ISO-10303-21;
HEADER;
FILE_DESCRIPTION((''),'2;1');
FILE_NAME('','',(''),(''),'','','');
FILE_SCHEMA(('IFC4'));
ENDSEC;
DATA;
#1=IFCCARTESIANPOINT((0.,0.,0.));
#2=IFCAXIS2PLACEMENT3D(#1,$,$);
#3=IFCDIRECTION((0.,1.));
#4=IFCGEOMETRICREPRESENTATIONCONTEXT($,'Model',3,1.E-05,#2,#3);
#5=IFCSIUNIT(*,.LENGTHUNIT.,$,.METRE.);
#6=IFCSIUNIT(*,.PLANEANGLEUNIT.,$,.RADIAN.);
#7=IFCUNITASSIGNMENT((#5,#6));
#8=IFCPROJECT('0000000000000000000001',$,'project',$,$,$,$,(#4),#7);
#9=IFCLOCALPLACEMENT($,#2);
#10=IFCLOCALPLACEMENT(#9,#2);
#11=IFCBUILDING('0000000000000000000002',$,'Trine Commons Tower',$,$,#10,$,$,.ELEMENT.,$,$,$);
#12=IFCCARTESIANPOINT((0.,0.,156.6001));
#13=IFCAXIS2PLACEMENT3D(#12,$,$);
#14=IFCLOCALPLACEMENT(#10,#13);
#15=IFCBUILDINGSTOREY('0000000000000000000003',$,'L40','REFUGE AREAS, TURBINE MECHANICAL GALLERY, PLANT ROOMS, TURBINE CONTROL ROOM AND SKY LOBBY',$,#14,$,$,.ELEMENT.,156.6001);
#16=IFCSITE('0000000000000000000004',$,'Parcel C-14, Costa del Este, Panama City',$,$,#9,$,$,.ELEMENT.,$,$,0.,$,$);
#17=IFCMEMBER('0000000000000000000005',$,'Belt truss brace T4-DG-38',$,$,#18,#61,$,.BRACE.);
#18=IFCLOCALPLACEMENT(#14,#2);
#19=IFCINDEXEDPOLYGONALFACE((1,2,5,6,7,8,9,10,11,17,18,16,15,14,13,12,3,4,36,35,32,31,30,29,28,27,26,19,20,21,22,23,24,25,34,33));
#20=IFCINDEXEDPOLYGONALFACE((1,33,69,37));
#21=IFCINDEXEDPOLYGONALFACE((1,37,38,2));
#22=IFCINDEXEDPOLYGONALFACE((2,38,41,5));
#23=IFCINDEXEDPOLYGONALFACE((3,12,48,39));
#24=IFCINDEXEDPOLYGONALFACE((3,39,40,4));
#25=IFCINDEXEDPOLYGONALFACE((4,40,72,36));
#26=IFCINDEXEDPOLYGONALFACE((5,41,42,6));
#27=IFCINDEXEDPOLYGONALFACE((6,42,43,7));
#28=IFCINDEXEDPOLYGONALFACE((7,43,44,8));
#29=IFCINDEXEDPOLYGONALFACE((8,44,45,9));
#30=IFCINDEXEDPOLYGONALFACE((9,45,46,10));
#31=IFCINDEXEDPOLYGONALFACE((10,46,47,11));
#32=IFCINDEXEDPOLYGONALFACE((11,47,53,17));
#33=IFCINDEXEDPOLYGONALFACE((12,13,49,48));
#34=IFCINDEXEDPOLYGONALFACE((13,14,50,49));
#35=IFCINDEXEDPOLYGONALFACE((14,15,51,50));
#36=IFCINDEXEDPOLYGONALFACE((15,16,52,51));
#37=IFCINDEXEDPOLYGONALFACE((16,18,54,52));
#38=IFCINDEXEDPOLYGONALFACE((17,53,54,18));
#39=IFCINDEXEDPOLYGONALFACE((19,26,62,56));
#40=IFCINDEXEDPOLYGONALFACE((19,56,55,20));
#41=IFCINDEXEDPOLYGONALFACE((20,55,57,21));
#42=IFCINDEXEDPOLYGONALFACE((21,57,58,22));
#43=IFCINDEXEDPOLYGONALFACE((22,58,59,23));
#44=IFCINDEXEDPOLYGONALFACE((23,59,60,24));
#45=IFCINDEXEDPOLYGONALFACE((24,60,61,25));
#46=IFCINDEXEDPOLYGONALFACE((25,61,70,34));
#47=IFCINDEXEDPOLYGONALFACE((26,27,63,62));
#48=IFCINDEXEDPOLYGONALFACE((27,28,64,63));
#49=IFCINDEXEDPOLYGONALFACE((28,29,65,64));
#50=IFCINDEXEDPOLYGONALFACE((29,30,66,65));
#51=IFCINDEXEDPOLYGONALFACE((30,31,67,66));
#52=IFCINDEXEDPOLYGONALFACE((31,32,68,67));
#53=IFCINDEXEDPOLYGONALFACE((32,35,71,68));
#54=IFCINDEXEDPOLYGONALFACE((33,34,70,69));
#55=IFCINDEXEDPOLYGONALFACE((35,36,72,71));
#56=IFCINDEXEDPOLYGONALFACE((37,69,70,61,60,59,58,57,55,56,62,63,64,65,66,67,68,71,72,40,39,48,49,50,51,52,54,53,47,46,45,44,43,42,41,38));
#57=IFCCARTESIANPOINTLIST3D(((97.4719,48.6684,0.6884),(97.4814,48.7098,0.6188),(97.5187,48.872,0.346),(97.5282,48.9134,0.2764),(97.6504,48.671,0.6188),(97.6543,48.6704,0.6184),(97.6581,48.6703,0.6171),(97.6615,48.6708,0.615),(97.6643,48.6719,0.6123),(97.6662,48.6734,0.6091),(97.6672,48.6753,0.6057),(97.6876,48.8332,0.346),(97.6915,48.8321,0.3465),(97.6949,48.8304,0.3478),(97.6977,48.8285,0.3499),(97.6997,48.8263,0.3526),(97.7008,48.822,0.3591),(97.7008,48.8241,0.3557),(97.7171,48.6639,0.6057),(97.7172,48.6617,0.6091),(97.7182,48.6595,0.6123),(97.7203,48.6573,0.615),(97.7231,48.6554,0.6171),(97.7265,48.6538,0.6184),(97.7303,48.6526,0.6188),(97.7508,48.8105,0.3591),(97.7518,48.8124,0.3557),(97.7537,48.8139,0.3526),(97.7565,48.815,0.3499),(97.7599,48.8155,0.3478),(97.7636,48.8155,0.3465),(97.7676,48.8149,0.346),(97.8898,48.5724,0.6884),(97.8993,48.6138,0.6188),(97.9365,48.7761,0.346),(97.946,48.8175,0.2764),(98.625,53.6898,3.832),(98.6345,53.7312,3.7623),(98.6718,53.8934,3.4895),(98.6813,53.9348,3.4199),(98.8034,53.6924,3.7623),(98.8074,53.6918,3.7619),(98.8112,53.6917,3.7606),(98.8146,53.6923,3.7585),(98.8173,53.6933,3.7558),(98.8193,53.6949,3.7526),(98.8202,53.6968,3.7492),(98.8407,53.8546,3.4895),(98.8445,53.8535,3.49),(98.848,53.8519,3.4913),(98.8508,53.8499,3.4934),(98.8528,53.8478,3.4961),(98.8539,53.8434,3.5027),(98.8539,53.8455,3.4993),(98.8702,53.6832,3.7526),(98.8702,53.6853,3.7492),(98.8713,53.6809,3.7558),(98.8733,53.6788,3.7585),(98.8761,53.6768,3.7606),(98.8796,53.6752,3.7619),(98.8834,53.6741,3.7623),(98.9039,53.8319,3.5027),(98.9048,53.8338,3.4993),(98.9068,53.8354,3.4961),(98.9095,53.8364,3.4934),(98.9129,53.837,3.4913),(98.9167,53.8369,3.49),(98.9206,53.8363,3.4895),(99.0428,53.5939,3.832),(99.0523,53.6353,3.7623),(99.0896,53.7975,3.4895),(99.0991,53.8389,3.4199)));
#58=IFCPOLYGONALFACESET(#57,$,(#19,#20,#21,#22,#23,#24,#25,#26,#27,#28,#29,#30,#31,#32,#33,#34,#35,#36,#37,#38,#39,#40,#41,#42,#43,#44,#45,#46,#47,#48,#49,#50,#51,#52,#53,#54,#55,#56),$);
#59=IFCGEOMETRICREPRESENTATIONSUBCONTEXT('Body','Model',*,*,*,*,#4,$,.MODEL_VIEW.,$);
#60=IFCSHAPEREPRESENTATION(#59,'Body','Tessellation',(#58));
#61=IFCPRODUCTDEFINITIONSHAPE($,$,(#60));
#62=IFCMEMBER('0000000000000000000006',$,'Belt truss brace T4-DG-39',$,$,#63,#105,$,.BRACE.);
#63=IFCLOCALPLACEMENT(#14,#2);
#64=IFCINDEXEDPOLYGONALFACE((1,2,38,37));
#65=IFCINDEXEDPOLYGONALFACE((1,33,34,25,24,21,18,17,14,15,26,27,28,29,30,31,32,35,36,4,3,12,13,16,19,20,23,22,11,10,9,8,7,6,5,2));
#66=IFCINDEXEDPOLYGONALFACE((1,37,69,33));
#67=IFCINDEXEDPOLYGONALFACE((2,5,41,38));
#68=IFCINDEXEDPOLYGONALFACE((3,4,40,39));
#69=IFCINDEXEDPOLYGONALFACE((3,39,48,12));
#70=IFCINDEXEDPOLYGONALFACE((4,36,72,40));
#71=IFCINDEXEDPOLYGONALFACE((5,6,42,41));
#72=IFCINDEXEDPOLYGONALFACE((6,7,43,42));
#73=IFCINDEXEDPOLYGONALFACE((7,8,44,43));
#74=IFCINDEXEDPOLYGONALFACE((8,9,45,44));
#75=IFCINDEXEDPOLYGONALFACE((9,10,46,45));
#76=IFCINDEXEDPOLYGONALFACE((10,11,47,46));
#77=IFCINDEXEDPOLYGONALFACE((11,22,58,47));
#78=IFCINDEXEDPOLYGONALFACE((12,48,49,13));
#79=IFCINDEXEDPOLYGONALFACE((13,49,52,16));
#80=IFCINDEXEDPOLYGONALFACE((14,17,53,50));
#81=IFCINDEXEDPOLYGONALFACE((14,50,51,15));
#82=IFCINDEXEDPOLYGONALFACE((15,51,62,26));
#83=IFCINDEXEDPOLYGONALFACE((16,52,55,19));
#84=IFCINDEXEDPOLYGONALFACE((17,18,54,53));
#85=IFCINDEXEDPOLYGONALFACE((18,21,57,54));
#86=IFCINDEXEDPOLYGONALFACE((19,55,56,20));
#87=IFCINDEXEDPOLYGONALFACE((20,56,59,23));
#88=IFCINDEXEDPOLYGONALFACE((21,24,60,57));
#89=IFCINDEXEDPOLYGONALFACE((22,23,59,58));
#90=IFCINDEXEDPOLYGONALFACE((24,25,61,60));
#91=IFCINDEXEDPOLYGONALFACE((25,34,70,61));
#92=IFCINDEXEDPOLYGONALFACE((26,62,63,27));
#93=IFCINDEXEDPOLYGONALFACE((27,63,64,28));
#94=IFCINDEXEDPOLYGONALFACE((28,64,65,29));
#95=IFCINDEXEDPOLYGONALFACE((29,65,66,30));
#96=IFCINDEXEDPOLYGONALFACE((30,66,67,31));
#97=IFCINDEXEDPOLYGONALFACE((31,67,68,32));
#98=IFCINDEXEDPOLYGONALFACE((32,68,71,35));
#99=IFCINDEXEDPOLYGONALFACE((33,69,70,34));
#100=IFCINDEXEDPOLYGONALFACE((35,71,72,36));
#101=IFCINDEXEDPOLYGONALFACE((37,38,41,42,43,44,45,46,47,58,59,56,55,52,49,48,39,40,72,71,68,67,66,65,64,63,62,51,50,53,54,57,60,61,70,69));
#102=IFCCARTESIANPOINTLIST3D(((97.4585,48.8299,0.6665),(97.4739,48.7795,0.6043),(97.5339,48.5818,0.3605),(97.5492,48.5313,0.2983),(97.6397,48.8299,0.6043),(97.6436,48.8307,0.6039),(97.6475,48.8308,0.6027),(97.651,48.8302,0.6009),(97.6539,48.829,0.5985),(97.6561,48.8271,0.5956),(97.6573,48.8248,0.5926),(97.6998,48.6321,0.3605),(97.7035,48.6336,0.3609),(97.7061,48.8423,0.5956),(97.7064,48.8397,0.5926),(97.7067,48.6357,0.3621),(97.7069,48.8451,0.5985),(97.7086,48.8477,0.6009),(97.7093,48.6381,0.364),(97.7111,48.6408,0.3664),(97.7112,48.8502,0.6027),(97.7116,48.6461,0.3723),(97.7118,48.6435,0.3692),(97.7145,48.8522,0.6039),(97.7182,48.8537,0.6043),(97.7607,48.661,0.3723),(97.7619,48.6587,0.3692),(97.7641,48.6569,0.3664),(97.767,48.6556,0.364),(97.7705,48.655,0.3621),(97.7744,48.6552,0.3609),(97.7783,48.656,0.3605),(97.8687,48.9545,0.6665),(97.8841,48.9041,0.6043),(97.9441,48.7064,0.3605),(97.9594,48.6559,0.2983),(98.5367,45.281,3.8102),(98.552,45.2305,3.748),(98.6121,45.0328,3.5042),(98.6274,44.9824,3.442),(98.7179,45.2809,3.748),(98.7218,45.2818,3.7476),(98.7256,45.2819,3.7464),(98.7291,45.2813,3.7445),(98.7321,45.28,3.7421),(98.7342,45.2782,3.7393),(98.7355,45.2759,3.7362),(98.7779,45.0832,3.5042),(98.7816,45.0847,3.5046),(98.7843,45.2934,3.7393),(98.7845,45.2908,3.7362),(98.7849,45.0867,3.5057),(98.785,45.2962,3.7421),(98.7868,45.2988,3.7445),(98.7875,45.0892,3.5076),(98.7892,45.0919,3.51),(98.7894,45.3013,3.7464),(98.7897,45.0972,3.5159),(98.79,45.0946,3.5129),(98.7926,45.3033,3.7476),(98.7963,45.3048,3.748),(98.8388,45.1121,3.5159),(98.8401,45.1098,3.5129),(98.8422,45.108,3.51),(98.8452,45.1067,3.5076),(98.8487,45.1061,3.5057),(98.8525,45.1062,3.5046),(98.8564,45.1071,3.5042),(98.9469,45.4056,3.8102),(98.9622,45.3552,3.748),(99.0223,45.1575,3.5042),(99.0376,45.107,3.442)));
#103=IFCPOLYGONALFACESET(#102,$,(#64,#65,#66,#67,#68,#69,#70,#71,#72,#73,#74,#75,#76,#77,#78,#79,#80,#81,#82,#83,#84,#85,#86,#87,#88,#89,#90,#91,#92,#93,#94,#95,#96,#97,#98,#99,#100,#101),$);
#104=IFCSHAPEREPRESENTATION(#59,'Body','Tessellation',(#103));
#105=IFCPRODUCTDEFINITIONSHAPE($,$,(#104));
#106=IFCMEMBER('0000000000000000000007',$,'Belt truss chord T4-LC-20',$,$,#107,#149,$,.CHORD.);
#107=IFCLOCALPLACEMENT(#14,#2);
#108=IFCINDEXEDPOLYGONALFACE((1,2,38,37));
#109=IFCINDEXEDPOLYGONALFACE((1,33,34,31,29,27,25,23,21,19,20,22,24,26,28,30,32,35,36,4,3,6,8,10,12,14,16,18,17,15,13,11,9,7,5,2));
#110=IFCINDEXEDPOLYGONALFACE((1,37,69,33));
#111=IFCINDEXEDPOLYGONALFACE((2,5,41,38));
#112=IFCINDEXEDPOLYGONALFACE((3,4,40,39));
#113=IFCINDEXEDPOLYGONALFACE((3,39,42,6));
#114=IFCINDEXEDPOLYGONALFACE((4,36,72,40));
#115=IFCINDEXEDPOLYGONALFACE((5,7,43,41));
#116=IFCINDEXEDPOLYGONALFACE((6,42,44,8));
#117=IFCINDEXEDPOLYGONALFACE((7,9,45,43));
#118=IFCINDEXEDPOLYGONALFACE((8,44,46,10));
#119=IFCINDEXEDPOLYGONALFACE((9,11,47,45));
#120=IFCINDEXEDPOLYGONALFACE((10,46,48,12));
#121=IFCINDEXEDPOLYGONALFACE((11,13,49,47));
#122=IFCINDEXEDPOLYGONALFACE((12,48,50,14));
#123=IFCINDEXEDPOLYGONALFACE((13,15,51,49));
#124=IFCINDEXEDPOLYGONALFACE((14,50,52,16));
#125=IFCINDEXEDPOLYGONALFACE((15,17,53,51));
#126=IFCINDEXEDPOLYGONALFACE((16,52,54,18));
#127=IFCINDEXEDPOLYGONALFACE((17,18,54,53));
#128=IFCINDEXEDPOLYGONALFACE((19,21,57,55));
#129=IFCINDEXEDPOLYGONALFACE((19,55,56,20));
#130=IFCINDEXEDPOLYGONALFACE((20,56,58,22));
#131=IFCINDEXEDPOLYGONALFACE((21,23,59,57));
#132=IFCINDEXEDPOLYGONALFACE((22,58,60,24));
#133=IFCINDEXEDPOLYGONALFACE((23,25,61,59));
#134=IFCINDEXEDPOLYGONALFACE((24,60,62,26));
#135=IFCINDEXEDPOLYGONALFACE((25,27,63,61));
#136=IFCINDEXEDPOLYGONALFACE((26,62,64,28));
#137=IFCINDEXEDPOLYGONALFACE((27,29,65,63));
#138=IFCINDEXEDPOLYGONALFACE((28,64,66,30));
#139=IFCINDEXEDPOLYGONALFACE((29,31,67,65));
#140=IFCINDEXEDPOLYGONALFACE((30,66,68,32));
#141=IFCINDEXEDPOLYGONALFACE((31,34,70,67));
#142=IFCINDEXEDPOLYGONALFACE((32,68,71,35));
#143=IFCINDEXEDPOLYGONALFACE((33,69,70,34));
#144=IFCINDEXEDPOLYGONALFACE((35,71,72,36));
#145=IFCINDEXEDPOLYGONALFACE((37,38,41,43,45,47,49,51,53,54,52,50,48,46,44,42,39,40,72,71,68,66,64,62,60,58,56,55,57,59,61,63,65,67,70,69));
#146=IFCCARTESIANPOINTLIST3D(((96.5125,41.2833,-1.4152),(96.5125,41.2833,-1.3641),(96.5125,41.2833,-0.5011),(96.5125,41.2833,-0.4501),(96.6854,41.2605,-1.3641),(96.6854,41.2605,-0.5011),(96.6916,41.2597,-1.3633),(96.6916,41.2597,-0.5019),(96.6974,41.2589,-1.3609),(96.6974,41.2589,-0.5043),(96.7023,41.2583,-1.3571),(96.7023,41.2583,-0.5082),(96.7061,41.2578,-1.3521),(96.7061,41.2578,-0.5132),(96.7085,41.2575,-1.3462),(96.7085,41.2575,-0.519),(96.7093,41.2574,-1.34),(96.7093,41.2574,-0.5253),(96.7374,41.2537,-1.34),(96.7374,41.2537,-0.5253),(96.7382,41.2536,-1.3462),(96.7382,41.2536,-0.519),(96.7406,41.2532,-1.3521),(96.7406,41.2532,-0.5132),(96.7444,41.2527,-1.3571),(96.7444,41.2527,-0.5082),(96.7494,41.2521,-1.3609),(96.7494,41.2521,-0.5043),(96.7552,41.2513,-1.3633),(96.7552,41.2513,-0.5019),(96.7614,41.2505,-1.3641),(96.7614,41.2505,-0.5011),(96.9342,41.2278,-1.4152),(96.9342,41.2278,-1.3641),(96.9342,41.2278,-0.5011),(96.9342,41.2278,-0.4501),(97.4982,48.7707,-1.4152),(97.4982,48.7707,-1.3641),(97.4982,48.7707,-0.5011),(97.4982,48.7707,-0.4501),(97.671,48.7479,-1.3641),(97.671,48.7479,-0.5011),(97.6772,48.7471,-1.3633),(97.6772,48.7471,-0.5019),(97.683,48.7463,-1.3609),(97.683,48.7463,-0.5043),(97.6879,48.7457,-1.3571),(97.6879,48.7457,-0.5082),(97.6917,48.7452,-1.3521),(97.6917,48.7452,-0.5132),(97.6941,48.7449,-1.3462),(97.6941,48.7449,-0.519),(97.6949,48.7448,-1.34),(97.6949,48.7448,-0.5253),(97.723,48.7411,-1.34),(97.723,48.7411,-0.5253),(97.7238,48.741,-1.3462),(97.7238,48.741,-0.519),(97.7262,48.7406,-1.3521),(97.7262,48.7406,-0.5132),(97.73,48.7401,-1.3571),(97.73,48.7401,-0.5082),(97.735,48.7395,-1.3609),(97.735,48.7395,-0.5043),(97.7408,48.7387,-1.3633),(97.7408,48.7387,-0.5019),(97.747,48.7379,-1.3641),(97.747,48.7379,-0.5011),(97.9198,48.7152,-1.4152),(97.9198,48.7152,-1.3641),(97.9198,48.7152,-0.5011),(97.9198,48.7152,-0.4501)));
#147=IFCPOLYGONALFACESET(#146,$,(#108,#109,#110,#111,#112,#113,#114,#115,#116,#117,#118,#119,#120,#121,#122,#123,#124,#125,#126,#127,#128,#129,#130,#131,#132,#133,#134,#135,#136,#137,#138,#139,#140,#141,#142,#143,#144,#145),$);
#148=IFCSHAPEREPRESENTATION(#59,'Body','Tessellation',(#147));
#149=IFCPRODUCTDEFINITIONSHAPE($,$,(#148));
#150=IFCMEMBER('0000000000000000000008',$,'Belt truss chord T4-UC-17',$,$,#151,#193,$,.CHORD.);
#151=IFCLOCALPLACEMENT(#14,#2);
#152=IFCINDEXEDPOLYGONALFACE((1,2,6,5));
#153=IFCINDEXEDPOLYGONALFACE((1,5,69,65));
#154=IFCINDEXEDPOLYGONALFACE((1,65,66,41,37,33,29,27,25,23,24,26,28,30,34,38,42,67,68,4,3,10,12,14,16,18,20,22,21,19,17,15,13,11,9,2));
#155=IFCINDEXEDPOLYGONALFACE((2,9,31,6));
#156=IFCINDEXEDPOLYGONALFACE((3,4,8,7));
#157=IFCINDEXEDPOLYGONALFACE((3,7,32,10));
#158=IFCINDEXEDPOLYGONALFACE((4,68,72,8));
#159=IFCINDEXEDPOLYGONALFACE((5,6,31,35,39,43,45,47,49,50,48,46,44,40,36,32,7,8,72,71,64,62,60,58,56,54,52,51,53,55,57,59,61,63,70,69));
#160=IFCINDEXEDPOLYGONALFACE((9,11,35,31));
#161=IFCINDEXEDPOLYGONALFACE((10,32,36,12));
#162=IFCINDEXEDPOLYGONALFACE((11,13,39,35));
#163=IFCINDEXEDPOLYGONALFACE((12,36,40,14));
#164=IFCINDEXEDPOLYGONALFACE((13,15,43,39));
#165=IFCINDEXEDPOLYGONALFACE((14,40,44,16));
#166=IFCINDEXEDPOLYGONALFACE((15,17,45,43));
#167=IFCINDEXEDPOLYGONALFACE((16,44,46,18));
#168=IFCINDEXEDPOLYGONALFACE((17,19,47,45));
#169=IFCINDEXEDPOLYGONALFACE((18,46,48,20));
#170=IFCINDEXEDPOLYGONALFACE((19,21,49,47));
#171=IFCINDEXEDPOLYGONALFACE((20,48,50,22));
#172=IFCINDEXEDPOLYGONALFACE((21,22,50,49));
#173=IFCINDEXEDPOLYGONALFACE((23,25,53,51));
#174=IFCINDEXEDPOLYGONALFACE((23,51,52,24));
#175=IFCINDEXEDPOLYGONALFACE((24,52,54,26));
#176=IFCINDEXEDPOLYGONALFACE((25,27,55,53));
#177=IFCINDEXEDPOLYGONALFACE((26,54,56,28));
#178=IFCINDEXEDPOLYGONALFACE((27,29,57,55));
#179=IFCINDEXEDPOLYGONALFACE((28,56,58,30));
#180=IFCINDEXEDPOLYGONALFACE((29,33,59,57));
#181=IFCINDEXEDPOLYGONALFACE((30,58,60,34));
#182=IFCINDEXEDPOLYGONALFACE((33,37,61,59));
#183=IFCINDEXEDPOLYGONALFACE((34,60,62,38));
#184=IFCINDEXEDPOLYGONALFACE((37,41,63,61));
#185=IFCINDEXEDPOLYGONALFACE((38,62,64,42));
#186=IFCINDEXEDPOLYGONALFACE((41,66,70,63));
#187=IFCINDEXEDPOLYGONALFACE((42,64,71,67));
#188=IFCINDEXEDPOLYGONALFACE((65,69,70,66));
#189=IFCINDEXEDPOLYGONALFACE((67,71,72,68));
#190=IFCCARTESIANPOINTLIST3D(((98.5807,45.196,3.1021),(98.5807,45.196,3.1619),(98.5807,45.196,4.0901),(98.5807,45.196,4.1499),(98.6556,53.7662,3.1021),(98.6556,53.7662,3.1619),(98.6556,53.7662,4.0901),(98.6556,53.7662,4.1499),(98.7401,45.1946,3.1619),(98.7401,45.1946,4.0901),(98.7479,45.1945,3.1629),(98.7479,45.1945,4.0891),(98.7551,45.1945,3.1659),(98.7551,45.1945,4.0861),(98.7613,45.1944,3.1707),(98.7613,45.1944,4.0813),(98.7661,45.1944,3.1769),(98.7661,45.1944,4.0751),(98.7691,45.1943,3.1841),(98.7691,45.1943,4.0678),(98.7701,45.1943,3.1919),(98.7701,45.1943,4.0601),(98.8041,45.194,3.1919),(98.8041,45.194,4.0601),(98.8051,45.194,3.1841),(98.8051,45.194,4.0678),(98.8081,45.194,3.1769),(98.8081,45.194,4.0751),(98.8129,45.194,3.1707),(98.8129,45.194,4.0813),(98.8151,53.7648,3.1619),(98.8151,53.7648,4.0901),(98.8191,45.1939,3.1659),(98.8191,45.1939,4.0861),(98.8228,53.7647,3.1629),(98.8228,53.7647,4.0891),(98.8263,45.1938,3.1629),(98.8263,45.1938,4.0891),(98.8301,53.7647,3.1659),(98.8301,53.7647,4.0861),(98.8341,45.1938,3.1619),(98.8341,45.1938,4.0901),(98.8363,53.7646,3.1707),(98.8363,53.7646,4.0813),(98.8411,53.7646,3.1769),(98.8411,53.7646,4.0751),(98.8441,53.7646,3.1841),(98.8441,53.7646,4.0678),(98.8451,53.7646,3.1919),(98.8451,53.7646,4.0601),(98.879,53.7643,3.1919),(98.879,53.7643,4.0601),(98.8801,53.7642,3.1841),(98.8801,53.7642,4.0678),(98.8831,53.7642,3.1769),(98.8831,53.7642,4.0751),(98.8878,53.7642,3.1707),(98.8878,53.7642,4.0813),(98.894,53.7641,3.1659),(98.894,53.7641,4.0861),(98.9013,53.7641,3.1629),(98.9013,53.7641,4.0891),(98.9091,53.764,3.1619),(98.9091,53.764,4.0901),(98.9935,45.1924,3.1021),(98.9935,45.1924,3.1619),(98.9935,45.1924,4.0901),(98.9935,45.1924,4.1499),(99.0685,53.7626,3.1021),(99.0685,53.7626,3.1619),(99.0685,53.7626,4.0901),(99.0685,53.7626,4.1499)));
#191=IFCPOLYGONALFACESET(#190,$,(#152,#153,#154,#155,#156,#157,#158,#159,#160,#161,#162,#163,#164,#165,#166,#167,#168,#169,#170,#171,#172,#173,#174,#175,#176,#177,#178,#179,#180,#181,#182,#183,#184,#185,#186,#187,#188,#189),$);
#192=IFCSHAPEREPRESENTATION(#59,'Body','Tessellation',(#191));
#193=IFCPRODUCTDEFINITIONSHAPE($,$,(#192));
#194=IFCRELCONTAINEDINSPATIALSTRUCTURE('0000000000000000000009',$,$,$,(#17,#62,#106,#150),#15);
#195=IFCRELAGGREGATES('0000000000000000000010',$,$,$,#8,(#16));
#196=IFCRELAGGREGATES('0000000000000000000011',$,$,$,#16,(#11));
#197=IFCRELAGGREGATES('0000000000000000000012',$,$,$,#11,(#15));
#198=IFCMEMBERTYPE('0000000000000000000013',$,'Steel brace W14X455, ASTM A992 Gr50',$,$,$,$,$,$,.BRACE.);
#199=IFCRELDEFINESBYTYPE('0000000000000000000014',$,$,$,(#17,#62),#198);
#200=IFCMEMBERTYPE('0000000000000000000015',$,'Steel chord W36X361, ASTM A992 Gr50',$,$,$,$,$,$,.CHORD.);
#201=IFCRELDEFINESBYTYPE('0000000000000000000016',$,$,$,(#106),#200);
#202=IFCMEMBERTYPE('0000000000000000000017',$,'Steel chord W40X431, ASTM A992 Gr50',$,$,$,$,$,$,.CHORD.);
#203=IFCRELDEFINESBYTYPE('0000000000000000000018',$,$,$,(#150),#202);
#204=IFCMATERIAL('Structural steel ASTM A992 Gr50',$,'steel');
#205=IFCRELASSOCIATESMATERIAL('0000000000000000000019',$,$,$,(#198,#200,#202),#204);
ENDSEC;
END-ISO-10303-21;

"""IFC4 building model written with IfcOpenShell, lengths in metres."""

from ifc_helpers import new_model, si_unit, direction, frame, origin, origin_2d, place, context, subcontext, project, spatial, i_section, extrude, material, material_profile, profile_set, type_object, element, save


model = new_model("IFC4")

# Units and contexts
model_context = context("Model", 3, precision=1e-05, world=origin(), true_north=direction((0.0, 1.0)))
body_context = subcontext(model_context, "Body", "Model", "MODEL_VIEW")
ifc_project = project(units=[si_unit("LENGTHUNIT", "METRE"), si_unit("PLANEANGLEUNIT", "RADIAN")], contexts=[model_context])

# Site, building, storey
site_placement = place(None, origin())
site = spatial("IfcSite", under=ifc_project, at=site_placement, Name="Parcel C-14, Costa del Este, Panama City", CompositionType="ELEMENT", RefElevation=0.0)
building_placement = place(site_placement, origin())
building = spatial("IfcBuilding", under=site, at=building_placement, Name="Trine Commons Tower", CompositionType="ELEMENT")
storey_placement = place(building_placement, frame((0.0, 0.0, 156.6001)))
storey = spatial("IfcBuildingStorey", under=building, at=storey_placement, Name="L40", Description="REFUGE AREAS, TURBINE MECHANICAL GALLERY, PLANT ROOMS, TURBINE CONTROL ROOM AND SKY LOBBY", CompositionType="ELEMENT", Elevation=156.6001)

# Members
ifc_material_1 = material(Name="Structural steel ASTM A992 Gr50", Category="steel")
ifc_material_profile_1 = material_profile(ifc_material_1, i_section(OverallWidth=0.4287, OverallDepth=0.4827, WebThickness=0.0513, FlangeThickness=0.0815, FilletRadius=0.0154, at=origin_2d()), Name="W14X455")
ifc_profile_set_1 = profile_set([ifc_material_profile_1], Name="Structural steel ASTM A992 Gr50")
member_type_1 = type_object("IfcMemberType", Name="Steel brace W14X455, ASTM A992 Gr50", PredefinedType="BRACE", material=ifc_profile_set_1)
member_1_placement = place(storey_placement, frame((97.709, 48.7429, 0.4824), z_axis=(0.19105, 0.831996, 0.520847), x_axis=(-0.974634, 0.223804, 0.0)))
element("IfcMember", 1, at=member_1_placement, inside=storey, type_object=member_type_1, Name="Belt truss brace T4-DG-38", PredefinedType="BRACE", context=body_context, shape_type="SweptSolid", body=[
    extrude(i_section(OverallWidth=0.4287, OverallDepth=0.4827, WebThickness=0.0513, FlangeThickness=0.0815, FilletRadius=0.0154, at=origin_2d()), origin(), (0.0, 0.0, 1.0), 6.0354),
])
member_2_placement = place(storey_placement, frame((97.709, 48.7429, 0.4824), z_axis=(0.221748, -0.72992, 0.646564), x_axis=(0.95682, 0.29068, 0.0)))
element("IfcMember", 2, at=member_2_placement, inside=storey, type_object=member_type_1, Name="Belt truss brace T4-DG-39", PredefinedType="BRACE", context=body_context, shape_type="SweptSolid", body=[
    extrude(i_section(OverallWidth=0.4287, OverallDepth=0.4827, WebThickness=0.0513, FlangeThickness=0.0815, FilletRadius=0.0154, at=origin_2d()), origin(), (0.0, 0.0, 1.0), 4.8621),
])
ifc_material_profile_2 = material_profile(ifc_material_1, i_section(OverallWidth=0.4253, OverallDepth=0.9651, WebThickness=0.0283, FlangeThickness=0.051, FilletRadius=0.0242, at=origin_2d()), Name="W36X361")
ifc_profile_set_2 = profile_set([ifc_material_profile_2], Name="Structural steel ASTM A992 Gr50")
member_type_2 = type_object("IfcMemberType", Name="Steel chord W36X361, ASTM A992 Gr50", PredefinedType="CHORD", material=ifc_profile_set_2)
member_3_placement = place(storey_placement, frame((97.709, 48.7429, -0.9326), z_axis=(-0.13051, -0.991447, 0.0), x_axis=(0.991447, -0.13051, 0.0)))
element("IfcMember", 3, at=member_3_placement, inside=storey, type_object=member_type_2, Name="Belt truss chord T4-LC-20", PredefinedType="CHORD", context=body_context, shape_type="SweptSolid", body=[
    extrude(i_section(OverallWidth=0.4253, OverallDepth=0.9651, WebThickness=0.0283, FlangeThickness=0.051, FilletRadius=0.0242, at=origin_2d()), origin(), (0.0, 0.0, 1.0), 7.552),
])
ifc_material_profile_3 = material_profile(ifc_material_1, i_section(OverallWidth=0.4128, OverallDepth=1.0479, WebThickness=0.0339, FlangeThickness=0.0598, FilletRadius=0.03, at=origin_2d()), Name="W40X431")
ifc_profile_set_3 = profile_set([ifc_material_profile_3], Name="Structural steel ASTM A992 Gr50")
member_type_3 = type_object("IfcMemberType", Name="Steel chord W40X431, ASTM A992 Gr50", PredefinedType="CHORD", material=ifc_profile_set_3)
for number, where, z_axis, x_axis, name in (
    (4, (98.8621, 53.7644, 3.626), (-0.008745, -0.999962, 0.0), (0.999962, -0.008745, 0.0), "Belt truss chord T4-UC-17"),
):
    element("IfcMember", number, at=place(storey_placement, frame(where, z_axis=z_axis, x_axis=x_axis)), inside=storey, type_object=member_type_3, Name=name, PredefinedType="CHORD", context=body_context, shape_type="SweptSolid", body=[
        extrude(i_section(OverallWidth=0.4128, OverallDepth=1.0479, WebThickness=0.0339, FlangeThickness=0.0598, FilletRadius=0.03, at=origin_2d()), origin(), (0.0, 0.0, 1.0), 8.5706),
    ])

save(model, "model.ifc")
